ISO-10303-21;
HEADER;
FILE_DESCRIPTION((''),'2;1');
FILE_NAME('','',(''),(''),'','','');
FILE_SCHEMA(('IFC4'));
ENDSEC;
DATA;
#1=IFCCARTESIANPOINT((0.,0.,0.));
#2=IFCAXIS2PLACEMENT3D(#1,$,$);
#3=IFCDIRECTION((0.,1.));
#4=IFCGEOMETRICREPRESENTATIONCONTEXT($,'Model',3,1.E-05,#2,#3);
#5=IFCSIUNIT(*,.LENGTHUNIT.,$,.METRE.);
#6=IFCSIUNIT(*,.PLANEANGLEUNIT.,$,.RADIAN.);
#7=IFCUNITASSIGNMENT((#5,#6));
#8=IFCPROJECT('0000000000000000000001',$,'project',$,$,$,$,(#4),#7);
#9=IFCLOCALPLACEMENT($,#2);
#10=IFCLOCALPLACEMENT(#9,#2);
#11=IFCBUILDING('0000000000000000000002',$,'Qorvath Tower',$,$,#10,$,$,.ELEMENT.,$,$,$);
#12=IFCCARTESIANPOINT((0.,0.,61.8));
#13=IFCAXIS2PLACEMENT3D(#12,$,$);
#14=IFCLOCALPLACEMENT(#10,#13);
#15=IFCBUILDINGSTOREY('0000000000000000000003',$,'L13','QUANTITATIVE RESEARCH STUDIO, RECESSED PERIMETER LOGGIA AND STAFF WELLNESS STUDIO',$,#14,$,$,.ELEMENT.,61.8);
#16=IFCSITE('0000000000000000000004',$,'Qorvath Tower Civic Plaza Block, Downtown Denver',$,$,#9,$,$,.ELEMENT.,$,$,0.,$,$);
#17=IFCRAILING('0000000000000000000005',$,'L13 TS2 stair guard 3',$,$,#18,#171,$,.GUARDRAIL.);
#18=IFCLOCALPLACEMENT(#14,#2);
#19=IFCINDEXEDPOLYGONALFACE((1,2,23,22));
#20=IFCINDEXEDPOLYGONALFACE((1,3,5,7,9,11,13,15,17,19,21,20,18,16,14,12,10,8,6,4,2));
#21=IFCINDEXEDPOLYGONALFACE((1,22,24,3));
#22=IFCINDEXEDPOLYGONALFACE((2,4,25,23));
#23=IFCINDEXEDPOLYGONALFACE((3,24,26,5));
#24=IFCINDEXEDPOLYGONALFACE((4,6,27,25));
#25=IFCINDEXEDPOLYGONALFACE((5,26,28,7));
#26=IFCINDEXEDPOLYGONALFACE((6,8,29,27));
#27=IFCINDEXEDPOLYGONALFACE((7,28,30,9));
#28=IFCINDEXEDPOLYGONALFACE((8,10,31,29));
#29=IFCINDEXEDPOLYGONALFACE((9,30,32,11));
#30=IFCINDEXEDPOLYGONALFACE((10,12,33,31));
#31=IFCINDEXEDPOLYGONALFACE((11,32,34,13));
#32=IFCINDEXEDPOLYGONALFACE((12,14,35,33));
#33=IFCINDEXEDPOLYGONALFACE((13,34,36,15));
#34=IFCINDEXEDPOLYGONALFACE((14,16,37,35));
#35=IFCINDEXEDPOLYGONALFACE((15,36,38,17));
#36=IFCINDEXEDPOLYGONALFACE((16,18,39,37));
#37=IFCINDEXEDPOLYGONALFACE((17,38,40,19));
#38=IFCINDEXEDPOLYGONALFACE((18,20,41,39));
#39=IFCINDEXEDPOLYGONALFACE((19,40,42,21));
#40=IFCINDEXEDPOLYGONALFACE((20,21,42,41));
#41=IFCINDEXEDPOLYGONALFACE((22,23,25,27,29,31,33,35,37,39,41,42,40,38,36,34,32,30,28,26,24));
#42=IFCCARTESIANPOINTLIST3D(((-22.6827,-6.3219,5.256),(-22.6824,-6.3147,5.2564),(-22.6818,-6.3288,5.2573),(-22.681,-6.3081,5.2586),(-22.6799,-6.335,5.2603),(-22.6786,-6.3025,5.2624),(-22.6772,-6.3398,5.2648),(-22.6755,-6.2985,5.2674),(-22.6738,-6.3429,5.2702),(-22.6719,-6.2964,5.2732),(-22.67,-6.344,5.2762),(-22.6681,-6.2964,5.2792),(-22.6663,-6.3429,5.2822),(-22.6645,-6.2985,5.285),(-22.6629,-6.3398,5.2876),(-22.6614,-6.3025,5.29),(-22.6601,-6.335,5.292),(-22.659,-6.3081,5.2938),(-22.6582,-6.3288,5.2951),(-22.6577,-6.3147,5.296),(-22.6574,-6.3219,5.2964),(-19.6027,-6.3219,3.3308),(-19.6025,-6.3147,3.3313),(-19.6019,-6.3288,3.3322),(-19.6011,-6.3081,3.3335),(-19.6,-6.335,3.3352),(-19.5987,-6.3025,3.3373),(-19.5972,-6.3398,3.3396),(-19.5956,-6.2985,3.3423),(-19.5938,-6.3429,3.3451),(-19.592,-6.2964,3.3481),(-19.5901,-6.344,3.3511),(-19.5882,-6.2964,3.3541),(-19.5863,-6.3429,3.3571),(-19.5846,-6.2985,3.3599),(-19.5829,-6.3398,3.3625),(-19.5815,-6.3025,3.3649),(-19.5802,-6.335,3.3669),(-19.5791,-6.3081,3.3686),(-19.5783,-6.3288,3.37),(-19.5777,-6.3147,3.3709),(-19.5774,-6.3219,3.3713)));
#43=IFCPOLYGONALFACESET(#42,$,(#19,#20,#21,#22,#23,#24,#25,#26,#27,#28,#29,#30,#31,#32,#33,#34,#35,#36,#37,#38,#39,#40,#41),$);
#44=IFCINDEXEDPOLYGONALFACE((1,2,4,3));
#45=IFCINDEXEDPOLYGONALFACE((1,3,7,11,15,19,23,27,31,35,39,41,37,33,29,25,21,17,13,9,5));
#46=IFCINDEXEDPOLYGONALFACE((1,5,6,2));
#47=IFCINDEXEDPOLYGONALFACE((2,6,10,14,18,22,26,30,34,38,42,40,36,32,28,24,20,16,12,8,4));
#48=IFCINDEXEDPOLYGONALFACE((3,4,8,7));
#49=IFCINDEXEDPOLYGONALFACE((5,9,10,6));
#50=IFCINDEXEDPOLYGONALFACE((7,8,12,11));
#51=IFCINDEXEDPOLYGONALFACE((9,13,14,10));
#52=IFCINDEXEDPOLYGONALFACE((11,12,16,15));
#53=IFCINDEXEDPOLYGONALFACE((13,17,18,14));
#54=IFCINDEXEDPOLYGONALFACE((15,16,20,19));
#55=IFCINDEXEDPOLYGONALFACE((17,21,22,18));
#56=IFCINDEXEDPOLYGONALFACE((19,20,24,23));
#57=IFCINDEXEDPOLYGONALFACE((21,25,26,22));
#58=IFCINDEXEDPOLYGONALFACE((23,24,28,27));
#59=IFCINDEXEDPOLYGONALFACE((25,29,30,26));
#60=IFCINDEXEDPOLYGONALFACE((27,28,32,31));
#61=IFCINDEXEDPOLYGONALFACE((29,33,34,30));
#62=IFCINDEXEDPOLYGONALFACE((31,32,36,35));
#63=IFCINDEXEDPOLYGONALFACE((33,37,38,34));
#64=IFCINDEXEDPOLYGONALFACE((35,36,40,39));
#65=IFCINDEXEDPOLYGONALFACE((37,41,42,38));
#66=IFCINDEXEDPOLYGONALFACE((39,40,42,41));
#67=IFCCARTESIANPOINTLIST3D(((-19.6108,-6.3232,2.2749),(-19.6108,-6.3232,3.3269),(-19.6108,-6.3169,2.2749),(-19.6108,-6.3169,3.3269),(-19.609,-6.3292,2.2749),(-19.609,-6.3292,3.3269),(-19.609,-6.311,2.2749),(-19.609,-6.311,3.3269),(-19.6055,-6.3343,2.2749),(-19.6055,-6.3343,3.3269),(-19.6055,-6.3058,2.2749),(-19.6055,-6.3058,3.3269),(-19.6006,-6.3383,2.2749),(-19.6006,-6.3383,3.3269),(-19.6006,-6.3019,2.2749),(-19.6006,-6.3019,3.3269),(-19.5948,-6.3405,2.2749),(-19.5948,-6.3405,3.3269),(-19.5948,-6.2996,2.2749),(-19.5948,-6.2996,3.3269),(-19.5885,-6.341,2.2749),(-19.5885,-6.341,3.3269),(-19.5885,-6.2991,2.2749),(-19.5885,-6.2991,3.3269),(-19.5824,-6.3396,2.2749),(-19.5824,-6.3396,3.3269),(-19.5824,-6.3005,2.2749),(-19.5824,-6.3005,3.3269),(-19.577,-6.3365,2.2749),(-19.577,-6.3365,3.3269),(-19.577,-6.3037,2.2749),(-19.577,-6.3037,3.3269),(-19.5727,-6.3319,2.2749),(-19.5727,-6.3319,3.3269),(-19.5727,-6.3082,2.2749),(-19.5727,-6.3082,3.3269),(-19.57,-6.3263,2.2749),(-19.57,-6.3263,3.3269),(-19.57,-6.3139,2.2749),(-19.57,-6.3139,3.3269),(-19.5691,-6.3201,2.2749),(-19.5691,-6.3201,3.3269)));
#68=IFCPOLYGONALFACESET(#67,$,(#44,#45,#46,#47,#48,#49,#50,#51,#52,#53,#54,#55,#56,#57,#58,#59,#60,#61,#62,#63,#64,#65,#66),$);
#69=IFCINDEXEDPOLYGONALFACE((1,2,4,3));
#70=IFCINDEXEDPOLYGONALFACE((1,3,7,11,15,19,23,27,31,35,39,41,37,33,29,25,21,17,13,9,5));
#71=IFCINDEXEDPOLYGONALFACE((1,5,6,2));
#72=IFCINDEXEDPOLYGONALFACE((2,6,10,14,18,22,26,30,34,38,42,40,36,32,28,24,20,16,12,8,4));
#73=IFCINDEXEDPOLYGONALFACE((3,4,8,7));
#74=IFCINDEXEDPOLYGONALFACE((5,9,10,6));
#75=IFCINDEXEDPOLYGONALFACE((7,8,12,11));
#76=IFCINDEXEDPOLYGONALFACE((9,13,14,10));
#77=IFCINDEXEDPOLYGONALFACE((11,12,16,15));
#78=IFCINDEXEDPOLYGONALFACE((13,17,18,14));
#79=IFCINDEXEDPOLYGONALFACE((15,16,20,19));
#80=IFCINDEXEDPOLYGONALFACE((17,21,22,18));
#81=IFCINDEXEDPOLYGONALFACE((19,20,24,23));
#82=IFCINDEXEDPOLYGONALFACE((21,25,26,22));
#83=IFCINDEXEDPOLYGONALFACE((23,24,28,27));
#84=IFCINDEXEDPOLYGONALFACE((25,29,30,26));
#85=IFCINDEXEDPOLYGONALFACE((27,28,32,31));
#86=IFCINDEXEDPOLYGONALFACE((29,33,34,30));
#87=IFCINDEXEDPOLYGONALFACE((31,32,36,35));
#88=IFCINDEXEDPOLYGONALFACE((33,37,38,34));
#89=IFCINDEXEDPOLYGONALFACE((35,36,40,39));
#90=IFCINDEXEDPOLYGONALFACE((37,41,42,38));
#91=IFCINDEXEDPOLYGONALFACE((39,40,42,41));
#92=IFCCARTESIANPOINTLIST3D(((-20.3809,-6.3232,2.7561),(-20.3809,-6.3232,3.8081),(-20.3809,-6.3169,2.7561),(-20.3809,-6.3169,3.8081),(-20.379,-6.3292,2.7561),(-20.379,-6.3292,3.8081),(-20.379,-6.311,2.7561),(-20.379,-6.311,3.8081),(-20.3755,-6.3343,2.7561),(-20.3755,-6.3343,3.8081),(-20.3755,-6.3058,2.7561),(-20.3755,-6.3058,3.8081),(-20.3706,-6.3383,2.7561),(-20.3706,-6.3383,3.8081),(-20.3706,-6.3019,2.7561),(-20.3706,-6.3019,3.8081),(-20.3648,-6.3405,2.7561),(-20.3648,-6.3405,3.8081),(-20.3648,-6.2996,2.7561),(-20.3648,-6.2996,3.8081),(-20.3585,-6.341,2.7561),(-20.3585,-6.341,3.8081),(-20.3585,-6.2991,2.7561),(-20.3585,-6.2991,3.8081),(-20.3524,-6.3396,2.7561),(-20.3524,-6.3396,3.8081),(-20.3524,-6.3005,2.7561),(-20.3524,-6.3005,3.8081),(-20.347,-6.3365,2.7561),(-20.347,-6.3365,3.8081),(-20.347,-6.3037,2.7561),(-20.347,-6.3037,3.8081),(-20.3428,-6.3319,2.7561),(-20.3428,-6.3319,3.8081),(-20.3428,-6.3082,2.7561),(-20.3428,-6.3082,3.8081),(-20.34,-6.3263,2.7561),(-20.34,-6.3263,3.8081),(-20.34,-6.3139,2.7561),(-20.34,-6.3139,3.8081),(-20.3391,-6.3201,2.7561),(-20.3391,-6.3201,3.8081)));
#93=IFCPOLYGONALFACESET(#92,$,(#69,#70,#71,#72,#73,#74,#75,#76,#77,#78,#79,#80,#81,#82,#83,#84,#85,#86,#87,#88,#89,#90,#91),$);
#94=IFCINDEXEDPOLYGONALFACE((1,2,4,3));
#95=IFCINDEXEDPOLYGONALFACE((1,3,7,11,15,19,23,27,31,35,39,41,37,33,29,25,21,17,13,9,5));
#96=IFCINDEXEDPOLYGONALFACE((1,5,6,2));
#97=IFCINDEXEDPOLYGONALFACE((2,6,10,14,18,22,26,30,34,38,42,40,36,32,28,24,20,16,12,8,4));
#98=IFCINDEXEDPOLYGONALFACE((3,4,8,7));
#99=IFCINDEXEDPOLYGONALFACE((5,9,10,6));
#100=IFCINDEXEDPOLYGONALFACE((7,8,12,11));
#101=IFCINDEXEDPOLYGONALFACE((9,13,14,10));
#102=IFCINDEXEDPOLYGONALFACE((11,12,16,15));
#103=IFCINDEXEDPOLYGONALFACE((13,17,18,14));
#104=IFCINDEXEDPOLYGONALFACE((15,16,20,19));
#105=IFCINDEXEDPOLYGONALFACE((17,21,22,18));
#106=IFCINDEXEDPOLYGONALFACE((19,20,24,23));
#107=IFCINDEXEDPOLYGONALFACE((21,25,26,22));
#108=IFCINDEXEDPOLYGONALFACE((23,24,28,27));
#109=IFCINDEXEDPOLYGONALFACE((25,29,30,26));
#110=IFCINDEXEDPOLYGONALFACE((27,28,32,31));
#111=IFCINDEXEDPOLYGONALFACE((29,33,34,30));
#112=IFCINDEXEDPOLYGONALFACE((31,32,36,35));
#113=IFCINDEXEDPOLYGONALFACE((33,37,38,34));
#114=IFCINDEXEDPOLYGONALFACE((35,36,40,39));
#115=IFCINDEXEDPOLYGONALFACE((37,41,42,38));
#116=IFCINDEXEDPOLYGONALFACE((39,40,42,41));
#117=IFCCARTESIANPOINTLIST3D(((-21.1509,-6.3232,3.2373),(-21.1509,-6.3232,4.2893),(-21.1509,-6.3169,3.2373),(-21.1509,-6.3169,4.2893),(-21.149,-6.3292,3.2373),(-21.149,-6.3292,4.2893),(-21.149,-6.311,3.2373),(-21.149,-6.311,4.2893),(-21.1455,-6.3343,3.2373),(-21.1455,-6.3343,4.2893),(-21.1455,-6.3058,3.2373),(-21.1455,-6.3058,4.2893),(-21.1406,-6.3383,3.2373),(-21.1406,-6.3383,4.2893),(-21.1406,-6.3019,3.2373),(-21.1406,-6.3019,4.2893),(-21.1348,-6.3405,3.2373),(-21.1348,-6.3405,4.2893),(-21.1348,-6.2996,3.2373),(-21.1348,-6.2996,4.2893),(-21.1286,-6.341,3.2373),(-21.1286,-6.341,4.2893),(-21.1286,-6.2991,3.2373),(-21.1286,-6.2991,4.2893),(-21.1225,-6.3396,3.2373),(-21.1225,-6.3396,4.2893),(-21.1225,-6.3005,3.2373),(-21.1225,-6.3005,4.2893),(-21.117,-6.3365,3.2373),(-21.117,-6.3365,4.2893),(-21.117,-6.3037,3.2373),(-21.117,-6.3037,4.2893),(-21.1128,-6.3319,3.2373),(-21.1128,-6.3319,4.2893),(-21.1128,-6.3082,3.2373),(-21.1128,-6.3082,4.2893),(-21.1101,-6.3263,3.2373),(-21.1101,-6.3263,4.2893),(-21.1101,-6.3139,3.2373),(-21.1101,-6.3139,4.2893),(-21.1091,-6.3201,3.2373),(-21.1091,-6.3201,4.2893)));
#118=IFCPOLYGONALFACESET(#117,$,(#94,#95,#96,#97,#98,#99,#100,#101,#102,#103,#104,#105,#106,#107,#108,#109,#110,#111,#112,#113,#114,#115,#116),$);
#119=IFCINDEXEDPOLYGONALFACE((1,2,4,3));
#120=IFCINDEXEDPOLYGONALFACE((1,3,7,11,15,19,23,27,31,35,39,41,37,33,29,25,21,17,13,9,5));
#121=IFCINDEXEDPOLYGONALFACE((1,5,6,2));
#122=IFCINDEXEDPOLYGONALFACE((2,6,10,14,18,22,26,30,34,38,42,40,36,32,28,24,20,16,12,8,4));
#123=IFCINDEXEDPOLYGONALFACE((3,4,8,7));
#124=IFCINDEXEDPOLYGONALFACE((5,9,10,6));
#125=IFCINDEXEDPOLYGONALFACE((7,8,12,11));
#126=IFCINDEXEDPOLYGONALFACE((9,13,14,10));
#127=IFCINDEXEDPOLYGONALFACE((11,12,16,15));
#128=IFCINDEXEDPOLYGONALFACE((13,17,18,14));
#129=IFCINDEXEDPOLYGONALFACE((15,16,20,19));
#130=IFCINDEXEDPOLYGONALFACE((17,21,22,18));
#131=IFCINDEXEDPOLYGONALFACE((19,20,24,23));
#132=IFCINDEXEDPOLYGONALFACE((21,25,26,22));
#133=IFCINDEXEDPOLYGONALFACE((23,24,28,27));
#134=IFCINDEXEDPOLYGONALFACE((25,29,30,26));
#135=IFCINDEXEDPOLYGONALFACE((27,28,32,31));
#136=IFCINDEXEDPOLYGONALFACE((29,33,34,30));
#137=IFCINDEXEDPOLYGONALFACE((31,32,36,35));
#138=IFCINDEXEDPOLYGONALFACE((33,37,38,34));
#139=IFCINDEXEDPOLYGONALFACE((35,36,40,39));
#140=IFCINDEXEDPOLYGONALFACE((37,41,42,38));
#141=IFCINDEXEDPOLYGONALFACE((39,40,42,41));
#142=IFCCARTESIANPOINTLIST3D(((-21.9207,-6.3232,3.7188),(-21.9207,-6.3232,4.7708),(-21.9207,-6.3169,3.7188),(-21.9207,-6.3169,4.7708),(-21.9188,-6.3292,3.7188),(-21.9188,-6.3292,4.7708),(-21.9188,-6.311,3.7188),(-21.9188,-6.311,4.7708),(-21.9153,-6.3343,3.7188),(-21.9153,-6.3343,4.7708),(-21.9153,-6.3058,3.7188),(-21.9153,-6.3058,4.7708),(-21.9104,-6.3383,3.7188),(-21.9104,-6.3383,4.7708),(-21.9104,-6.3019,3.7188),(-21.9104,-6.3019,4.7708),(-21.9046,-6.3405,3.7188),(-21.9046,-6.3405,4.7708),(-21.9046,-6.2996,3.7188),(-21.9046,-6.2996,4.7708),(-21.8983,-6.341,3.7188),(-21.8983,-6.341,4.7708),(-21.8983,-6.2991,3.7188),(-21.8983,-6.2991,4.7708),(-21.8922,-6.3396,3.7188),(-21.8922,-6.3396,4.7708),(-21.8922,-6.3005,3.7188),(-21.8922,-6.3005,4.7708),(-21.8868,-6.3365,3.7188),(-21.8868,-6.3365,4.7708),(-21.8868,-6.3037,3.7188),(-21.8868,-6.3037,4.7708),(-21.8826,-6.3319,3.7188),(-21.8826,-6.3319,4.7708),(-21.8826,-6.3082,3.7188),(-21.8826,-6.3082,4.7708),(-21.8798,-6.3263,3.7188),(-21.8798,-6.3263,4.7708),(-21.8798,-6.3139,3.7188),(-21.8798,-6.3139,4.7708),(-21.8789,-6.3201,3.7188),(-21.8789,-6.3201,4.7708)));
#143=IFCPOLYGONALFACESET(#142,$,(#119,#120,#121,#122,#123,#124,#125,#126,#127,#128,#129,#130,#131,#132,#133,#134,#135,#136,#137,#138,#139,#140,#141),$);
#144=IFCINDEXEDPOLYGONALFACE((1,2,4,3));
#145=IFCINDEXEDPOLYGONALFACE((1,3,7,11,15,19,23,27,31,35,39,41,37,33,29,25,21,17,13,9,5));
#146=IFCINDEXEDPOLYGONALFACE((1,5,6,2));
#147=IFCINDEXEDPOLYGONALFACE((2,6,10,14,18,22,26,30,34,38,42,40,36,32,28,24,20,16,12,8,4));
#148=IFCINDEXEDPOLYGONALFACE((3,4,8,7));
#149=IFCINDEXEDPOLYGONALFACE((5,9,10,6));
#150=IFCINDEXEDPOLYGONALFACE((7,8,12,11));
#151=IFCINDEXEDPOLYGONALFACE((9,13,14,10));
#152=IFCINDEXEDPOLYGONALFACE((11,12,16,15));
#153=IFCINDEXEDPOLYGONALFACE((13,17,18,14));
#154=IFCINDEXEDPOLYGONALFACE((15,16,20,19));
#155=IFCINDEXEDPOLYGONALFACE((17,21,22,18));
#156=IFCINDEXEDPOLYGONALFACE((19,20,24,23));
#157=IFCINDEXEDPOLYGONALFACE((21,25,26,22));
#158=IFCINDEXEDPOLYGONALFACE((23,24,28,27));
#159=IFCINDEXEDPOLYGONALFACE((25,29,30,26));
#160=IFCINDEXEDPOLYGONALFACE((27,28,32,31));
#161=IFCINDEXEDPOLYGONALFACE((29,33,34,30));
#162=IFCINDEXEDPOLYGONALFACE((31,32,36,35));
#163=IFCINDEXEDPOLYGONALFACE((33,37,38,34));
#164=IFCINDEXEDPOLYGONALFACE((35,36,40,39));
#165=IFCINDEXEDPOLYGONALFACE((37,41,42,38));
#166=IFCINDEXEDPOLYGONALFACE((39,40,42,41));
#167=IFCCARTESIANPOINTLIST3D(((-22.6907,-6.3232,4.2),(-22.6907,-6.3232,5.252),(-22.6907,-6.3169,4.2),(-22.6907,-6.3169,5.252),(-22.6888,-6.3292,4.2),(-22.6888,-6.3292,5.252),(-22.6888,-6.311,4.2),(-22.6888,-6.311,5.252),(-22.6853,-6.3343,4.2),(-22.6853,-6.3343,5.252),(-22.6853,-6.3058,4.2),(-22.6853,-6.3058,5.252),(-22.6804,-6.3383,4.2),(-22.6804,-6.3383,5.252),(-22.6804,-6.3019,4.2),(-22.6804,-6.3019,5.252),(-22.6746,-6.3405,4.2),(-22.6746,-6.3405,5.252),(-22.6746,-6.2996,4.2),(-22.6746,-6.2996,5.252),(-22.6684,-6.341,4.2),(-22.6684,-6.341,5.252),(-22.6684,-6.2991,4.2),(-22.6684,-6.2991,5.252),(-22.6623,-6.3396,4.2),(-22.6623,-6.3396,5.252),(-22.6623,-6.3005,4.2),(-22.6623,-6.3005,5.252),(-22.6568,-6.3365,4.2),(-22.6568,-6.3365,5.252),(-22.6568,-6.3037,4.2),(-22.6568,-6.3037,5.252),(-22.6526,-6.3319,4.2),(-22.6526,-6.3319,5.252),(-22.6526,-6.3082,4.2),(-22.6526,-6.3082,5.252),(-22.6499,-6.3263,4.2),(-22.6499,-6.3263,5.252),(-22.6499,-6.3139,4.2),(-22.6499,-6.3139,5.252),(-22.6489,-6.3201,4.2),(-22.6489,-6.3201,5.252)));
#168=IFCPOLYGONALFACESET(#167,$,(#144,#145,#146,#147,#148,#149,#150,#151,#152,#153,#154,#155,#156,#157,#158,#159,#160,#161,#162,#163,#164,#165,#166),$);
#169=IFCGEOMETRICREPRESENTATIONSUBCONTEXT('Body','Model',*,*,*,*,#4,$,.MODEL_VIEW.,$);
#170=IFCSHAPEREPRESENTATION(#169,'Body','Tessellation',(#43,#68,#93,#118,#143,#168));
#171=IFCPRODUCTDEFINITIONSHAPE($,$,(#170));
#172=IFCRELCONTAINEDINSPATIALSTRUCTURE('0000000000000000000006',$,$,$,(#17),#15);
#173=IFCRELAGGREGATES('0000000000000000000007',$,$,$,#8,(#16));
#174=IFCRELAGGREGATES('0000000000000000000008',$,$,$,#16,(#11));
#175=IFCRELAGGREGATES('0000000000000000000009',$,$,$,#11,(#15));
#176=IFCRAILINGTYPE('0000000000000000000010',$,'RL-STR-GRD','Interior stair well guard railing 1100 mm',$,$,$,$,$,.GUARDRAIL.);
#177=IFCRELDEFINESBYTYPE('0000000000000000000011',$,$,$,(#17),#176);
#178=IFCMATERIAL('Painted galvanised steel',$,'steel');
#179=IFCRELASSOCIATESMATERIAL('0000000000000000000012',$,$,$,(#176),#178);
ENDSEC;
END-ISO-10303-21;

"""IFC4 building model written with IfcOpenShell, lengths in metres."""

from ifc_helpers import new_model, si_unit, direction, frame, origin, origin_2d, place, context, subcontext, project, spatial, circle, extrude, material, type_object, element, save


model = new_model("IFC4")

# Units and contexts
model_context = context("Model", 3, precision=1e-05, world=origin(), true_north=direction((0.0, 1.0)))
body_context = subcontext(model_context, "Body", "Model", "MODEL_VIEW")
ifc_project = project(units=[si_unit("LENGTHUNIT", "METRE"), si_unit("PLANEANGLEUNIT", "RADIAN")], contexts=[model_context])

# Site, building, storey
site_placement = place(None, origin())
site = spatial("IfcSite", under=ifc_project, at=site_placement, Name="Qorvath Tower Civic Plaza Block, Downtown Denver", CompositionType="ELEMENT", RefElevation=0.0)
building_placement = place(site_placement, origin())
building = spatial("IfcBuilding", under=site, at=building_placement, Name="Qorvath Tower", CompositionType="ELEMENT")
storey_placement = place(building_placement, frame((0.0, 0.0, 61.8)))
storey = spatial("IfcBuildingStorey", under=building, at=storey_placement, Name="L13", Description="QUANTITATIVE RESEARCH STUDIO, RECESSED PERIMETER LOGGIA AND STAFF WELLNESS STUDIO", CompositionType="ELEMENT", Elevation=61.8)

# Railing
ifc_material_1 = material(Name="Painted galvanised steel", Category="steel")
railing_type_1 = type_object("IfcRailingType", Name="RL-STR-GRD", Description="Interior stair well guard railing 1100 mm", PredefinedType="GUARDRAIL", material=ifc_material_1)
railing_1_placement = place(storey_placement, frame((-19.5901, -6.3201, 2.2749)))
element("IfcRailing", 1, at=railing_1_placement, inside=storey, type_object=railing_type_1, Name="L13 TS2 stair guard 3", PredefinedType="GUARDRAIL", context=body_context, shape_type="SweptSolid", body=[
    extrude(circle(Radius=0.0239, at=origin_2d()), frame((0.0, 0.0, 1.0762), z_axis=(-0.847979, 0.0, 0.530029), x_axis=(0.0, -1.0, 0.0)), (0.0, 0.0, 1.0), 3.6321),
    extrude(circle(Radius=0.021, at=origin_2d()), origin(), (0.0, 0.0, 1.0), 1.052),
    extrude(circle(Radius=0.021, at=origin_2d()), frame((-0.77, 0.0, 0.4812)), (0.0, 0.0, 1.0), 1.052),
    extrude(circle(Radius=0.021, at=origin_2d()), frame((-1.54, 0.0, 0.9624)), (0.0, 0.0, 1.0), 1.052),
    extrude(circle(Radius=0.021, at=origin_2d()), frame((-2.3098, 0.0, 1.4438)), (0.0, 0.0, 1.0), 1.052),
    extrude(circle(Radius=0.021, at=origin_2d()), frame((-3.0798, 0.0, 1.925)), (0.0, 0.0, 1.0), 1.052),
])

save(model, "model.ifc")
